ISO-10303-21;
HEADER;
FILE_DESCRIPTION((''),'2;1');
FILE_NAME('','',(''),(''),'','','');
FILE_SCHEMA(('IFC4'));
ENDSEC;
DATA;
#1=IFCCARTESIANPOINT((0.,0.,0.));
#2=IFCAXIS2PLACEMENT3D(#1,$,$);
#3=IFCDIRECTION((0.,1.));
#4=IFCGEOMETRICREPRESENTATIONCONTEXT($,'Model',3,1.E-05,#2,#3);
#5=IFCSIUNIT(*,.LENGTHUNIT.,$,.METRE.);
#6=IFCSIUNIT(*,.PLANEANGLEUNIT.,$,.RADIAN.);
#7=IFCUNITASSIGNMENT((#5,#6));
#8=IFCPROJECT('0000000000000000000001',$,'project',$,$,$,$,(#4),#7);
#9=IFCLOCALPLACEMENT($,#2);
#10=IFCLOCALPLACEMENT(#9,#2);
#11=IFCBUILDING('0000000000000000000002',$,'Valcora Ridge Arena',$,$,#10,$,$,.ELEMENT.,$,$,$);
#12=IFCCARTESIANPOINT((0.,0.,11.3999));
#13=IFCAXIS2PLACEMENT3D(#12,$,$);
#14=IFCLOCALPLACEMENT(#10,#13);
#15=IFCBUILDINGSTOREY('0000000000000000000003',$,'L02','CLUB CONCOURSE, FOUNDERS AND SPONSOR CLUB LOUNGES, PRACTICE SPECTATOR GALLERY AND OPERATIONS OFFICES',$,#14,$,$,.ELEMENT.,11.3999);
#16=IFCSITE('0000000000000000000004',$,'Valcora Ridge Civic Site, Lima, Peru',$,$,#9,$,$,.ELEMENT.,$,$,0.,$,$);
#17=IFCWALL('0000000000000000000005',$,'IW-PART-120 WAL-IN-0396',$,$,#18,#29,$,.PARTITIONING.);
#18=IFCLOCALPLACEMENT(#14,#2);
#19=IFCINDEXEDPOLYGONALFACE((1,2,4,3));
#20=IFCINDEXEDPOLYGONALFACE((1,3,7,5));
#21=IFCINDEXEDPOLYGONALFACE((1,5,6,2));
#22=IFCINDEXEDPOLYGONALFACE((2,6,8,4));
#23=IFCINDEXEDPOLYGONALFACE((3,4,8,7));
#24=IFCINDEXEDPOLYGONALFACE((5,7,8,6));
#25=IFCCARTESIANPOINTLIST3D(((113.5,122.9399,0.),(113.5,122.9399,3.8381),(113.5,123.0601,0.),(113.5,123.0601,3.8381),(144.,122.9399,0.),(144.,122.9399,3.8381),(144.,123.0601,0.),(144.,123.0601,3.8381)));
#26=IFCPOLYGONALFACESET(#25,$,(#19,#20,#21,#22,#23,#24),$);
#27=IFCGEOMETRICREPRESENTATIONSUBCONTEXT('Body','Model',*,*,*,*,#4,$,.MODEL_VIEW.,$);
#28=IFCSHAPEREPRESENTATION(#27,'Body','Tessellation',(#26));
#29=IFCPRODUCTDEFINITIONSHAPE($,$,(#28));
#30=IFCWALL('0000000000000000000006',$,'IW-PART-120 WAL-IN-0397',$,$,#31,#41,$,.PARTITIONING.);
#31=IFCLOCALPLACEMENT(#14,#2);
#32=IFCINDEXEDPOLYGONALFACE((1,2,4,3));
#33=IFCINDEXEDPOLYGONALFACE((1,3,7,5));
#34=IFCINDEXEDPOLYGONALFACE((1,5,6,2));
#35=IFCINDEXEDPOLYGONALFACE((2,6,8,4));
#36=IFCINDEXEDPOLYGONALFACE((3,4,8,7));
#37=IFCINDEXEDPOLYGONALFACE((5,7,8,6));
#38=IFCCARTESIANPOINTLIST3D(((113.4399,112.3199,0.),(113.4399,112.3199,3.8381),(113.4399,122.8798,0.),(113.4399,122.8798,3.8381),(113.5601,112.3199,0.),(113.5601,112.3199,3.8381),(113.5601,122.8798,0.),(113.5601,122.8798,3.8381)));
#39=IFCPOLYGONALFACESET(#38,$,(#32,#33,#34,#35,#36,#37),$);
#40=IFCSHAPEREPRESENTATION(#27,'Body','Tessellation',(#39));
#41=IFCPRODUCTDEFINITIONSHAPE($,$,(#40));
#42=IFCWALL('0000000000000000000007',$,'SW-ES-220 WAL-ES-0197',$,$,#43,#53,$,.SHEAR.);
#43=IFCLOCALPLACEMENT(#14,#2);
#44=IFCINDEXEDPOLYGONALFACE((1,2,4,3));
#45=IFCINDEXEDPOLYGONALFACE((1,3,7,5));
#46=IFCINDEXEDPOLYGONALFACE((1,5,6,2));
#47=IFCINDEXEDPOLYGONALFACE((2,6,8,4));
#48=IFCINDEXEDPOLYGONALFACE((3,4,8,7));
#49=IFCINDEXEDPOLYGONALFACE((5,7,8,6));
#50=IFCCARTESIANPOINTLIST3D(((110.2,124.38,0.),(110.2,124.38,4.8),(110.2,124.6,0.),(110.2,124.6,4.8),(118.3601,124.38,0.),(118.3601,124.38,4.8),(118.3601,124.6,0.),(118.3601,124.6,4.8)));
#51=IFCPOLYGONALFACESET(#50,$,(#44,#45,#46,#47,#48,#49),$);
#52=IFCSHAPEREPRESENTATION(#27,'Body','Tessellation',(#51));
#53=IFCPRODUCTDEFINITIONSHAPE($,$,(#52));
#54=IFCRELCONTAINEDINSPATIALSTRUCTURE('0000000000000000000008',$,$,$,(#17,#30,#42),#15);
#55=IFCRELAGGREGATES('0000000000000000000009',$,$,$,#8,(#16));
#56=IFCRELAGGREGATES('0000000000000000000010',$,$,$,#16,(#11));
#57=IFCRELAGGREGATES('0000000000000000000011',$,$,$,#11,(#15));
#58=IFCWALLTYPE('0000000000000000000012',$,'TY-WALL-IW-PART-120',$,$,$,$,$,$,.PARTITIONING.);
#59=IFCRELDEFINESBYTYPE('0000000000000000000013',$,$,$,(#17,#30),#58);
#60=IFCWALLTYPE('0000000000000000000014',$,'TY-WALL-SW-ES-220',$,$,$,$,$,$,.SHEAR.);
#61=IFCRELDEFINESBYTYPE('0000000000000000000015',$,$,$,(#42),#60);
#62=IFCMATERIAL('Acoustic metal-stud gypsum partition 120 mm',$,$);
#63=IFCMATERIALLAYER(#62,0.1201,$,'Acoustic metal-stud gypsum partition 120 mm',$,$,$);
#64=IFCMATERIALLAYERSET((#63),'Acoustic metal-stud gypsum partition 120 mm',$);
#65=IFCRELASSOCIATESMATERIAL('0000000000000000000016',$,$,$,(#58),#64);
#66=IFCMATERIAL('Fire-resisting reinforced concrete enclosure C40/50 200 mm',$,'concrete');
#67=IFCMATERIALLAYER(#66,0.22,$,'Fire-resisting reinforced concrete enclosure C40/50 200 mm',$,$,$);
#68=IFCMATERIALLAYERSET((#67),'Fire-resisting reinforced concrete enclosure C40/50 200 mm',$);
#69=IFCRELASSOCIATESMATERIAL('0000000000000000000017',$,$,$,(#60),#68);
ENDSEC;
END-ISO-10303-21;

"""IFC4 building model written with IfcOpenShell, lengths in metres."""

from ifc_helpers import new_model, si_unit, direction, frame, frame_2d, origin, place, context, subcontext, project, spatial, rectangle, extrude, material, layer, layer_set, type_object, element, save


model = new_model("IFC4")

# Units and contexts
model_context = context("Model", 3, precision=1e-05, world=origin(), true_north=direction((0.0, 1.0)))
body_context = subcontext(model_context, "Body", "Model", "MODEL_VIEW")
ifc_project = project(units=[si_unit("LENGTHUNIT", "METRE"), si_unit("PLANEANGLEUNIT", "RADIAN")], contexts=[model_context])

# Site, building, storey
site_placement = place(None, origin())
site = spatial("IfcSite", under=ifc_project, at=site_placement, Name="Valcora Ridge Civic Site, Lima, Peru", CompositionType="ELEMENT", RefElevation=0.0)
building_placement = place(site_placement, origin())
building = spatial("IfcBuilding", under=site, at=building_placement, Name="Valcora Ridge Arena", CompositionType="ELEMENT")
storey_placement = place(building_placement, frame((0.0, 0.0, 11.3999)))
storey = spatial("IfcBuildingStorey", under=building, at=storey_placement, Name="L02", Description="CLUB CONCOURSE, FOUNDERS AND SPONSOR CLUB LOUNGES, PRACTICE SPECTATOR GALLERY AND OPERATIONS OFFICES", CompositionType="ELEMENT", Elevation=11.3999)

# Shared definitions
ifc_material_1 = material(Name="Acoustic metal-stud gypsum partition 120 mm")
ifc_layer_1 = layer(ifc_material_1, 0.1201, Name="Acoustic metal-stud gypsum partition 120 mm")
ifc_layer_set_1 = layer_set([ifc_layer_1], Name="Acoustic metal-stud gypsum partition 120 mm")
wall_type_1 = type_object("IfcWallType", Name="TY-WALL-IW-PART-120", PredefinedType="PARTITIONING", material=ifc_layer_set_1)

# Walls
wall_1_placement = place(storey_placement, frame((113.5, 123.0, 0.0), z_axis=(0.0, 0.0, 1.0), x_axis=(1.0, 0.0, 0.0)))
element("IfcWall", 1, at=wall_1_placement, inside=storey, type_object=wall_type_1, Name="IW-PART-120 WAL-IN-0396", PredefinedType="PARTITIONING", context=body_context, shape_type="SweptSolid", body=[
    extrude(rectangle(XDim=30.5, YDim=0.1201, at=frame_2d((15.25, 0.0))), origin(), (0.0, 0.0, 1.0), 3.8381),
])
wall_2_placement = place(storey_placement, frame((113.5, 112.3201, 0.0), z_axis=(0.0, 0.0, 1.0), x_axis=(0.0, 1.0, 0.0)))
element("IfcWall", 2, at=wall_2_placement, inside=storey, type_object=wall_type_1, Name="IW-PART-120 WAL-IN-0397", PredefinedType="PARTITIONING", context=body_context, shape_type="SweptSolid", body=[
    extrude(rectangle(XDim=10.5598, YDim=0.1201, at=frame_2d((5.2798, 0.0))), origin(), (0.0, 0.0, 1.0), 3.8381),
])
ifc_material_2 = material(Name="Fire-resisting reinforced concrete enclosure C40/50 200 mm", Category="concrete")
ifc_layer_2 = layer(ifc_material_2, 0.22, Name="Fire-resisting reinforced concrete enclosure C40/50 200 mm")
ifc_layer_set_2 = layer_set([ifc_layer_2], Name="Fire-resisting reinforced concrete enclosure C40/50 200 mm")
wall_type_2 = type_object("IfcWallType", Name="TY-WALL-SW-ES-220", PredefinedType="SHEAR", material=ifc_layer_set_2)
wall_3_placement = place(storey_placement, frame((110.2, 124.49, 0.0), z_axis=(0.0, 0.0, 1.0), x_axis=(1.0, 0.0, 0.0)))
element("IfcWall", 3, at=wall_3_placement, inside=storey, type_object=wall_type_2, Name="SW-ES-220 WAL-ES-0197", PredefinedType="SHEAR", context=body_context, shape_type="SweptSolid", body=[
    extrude(rectangle(XDim=8.1602, YDim=0.22, at=frame_2d((4.0801, 0.0))), origin(), (0.0, 0.0, 1.0), 4.8),
])

save(model, "model.ifc")
